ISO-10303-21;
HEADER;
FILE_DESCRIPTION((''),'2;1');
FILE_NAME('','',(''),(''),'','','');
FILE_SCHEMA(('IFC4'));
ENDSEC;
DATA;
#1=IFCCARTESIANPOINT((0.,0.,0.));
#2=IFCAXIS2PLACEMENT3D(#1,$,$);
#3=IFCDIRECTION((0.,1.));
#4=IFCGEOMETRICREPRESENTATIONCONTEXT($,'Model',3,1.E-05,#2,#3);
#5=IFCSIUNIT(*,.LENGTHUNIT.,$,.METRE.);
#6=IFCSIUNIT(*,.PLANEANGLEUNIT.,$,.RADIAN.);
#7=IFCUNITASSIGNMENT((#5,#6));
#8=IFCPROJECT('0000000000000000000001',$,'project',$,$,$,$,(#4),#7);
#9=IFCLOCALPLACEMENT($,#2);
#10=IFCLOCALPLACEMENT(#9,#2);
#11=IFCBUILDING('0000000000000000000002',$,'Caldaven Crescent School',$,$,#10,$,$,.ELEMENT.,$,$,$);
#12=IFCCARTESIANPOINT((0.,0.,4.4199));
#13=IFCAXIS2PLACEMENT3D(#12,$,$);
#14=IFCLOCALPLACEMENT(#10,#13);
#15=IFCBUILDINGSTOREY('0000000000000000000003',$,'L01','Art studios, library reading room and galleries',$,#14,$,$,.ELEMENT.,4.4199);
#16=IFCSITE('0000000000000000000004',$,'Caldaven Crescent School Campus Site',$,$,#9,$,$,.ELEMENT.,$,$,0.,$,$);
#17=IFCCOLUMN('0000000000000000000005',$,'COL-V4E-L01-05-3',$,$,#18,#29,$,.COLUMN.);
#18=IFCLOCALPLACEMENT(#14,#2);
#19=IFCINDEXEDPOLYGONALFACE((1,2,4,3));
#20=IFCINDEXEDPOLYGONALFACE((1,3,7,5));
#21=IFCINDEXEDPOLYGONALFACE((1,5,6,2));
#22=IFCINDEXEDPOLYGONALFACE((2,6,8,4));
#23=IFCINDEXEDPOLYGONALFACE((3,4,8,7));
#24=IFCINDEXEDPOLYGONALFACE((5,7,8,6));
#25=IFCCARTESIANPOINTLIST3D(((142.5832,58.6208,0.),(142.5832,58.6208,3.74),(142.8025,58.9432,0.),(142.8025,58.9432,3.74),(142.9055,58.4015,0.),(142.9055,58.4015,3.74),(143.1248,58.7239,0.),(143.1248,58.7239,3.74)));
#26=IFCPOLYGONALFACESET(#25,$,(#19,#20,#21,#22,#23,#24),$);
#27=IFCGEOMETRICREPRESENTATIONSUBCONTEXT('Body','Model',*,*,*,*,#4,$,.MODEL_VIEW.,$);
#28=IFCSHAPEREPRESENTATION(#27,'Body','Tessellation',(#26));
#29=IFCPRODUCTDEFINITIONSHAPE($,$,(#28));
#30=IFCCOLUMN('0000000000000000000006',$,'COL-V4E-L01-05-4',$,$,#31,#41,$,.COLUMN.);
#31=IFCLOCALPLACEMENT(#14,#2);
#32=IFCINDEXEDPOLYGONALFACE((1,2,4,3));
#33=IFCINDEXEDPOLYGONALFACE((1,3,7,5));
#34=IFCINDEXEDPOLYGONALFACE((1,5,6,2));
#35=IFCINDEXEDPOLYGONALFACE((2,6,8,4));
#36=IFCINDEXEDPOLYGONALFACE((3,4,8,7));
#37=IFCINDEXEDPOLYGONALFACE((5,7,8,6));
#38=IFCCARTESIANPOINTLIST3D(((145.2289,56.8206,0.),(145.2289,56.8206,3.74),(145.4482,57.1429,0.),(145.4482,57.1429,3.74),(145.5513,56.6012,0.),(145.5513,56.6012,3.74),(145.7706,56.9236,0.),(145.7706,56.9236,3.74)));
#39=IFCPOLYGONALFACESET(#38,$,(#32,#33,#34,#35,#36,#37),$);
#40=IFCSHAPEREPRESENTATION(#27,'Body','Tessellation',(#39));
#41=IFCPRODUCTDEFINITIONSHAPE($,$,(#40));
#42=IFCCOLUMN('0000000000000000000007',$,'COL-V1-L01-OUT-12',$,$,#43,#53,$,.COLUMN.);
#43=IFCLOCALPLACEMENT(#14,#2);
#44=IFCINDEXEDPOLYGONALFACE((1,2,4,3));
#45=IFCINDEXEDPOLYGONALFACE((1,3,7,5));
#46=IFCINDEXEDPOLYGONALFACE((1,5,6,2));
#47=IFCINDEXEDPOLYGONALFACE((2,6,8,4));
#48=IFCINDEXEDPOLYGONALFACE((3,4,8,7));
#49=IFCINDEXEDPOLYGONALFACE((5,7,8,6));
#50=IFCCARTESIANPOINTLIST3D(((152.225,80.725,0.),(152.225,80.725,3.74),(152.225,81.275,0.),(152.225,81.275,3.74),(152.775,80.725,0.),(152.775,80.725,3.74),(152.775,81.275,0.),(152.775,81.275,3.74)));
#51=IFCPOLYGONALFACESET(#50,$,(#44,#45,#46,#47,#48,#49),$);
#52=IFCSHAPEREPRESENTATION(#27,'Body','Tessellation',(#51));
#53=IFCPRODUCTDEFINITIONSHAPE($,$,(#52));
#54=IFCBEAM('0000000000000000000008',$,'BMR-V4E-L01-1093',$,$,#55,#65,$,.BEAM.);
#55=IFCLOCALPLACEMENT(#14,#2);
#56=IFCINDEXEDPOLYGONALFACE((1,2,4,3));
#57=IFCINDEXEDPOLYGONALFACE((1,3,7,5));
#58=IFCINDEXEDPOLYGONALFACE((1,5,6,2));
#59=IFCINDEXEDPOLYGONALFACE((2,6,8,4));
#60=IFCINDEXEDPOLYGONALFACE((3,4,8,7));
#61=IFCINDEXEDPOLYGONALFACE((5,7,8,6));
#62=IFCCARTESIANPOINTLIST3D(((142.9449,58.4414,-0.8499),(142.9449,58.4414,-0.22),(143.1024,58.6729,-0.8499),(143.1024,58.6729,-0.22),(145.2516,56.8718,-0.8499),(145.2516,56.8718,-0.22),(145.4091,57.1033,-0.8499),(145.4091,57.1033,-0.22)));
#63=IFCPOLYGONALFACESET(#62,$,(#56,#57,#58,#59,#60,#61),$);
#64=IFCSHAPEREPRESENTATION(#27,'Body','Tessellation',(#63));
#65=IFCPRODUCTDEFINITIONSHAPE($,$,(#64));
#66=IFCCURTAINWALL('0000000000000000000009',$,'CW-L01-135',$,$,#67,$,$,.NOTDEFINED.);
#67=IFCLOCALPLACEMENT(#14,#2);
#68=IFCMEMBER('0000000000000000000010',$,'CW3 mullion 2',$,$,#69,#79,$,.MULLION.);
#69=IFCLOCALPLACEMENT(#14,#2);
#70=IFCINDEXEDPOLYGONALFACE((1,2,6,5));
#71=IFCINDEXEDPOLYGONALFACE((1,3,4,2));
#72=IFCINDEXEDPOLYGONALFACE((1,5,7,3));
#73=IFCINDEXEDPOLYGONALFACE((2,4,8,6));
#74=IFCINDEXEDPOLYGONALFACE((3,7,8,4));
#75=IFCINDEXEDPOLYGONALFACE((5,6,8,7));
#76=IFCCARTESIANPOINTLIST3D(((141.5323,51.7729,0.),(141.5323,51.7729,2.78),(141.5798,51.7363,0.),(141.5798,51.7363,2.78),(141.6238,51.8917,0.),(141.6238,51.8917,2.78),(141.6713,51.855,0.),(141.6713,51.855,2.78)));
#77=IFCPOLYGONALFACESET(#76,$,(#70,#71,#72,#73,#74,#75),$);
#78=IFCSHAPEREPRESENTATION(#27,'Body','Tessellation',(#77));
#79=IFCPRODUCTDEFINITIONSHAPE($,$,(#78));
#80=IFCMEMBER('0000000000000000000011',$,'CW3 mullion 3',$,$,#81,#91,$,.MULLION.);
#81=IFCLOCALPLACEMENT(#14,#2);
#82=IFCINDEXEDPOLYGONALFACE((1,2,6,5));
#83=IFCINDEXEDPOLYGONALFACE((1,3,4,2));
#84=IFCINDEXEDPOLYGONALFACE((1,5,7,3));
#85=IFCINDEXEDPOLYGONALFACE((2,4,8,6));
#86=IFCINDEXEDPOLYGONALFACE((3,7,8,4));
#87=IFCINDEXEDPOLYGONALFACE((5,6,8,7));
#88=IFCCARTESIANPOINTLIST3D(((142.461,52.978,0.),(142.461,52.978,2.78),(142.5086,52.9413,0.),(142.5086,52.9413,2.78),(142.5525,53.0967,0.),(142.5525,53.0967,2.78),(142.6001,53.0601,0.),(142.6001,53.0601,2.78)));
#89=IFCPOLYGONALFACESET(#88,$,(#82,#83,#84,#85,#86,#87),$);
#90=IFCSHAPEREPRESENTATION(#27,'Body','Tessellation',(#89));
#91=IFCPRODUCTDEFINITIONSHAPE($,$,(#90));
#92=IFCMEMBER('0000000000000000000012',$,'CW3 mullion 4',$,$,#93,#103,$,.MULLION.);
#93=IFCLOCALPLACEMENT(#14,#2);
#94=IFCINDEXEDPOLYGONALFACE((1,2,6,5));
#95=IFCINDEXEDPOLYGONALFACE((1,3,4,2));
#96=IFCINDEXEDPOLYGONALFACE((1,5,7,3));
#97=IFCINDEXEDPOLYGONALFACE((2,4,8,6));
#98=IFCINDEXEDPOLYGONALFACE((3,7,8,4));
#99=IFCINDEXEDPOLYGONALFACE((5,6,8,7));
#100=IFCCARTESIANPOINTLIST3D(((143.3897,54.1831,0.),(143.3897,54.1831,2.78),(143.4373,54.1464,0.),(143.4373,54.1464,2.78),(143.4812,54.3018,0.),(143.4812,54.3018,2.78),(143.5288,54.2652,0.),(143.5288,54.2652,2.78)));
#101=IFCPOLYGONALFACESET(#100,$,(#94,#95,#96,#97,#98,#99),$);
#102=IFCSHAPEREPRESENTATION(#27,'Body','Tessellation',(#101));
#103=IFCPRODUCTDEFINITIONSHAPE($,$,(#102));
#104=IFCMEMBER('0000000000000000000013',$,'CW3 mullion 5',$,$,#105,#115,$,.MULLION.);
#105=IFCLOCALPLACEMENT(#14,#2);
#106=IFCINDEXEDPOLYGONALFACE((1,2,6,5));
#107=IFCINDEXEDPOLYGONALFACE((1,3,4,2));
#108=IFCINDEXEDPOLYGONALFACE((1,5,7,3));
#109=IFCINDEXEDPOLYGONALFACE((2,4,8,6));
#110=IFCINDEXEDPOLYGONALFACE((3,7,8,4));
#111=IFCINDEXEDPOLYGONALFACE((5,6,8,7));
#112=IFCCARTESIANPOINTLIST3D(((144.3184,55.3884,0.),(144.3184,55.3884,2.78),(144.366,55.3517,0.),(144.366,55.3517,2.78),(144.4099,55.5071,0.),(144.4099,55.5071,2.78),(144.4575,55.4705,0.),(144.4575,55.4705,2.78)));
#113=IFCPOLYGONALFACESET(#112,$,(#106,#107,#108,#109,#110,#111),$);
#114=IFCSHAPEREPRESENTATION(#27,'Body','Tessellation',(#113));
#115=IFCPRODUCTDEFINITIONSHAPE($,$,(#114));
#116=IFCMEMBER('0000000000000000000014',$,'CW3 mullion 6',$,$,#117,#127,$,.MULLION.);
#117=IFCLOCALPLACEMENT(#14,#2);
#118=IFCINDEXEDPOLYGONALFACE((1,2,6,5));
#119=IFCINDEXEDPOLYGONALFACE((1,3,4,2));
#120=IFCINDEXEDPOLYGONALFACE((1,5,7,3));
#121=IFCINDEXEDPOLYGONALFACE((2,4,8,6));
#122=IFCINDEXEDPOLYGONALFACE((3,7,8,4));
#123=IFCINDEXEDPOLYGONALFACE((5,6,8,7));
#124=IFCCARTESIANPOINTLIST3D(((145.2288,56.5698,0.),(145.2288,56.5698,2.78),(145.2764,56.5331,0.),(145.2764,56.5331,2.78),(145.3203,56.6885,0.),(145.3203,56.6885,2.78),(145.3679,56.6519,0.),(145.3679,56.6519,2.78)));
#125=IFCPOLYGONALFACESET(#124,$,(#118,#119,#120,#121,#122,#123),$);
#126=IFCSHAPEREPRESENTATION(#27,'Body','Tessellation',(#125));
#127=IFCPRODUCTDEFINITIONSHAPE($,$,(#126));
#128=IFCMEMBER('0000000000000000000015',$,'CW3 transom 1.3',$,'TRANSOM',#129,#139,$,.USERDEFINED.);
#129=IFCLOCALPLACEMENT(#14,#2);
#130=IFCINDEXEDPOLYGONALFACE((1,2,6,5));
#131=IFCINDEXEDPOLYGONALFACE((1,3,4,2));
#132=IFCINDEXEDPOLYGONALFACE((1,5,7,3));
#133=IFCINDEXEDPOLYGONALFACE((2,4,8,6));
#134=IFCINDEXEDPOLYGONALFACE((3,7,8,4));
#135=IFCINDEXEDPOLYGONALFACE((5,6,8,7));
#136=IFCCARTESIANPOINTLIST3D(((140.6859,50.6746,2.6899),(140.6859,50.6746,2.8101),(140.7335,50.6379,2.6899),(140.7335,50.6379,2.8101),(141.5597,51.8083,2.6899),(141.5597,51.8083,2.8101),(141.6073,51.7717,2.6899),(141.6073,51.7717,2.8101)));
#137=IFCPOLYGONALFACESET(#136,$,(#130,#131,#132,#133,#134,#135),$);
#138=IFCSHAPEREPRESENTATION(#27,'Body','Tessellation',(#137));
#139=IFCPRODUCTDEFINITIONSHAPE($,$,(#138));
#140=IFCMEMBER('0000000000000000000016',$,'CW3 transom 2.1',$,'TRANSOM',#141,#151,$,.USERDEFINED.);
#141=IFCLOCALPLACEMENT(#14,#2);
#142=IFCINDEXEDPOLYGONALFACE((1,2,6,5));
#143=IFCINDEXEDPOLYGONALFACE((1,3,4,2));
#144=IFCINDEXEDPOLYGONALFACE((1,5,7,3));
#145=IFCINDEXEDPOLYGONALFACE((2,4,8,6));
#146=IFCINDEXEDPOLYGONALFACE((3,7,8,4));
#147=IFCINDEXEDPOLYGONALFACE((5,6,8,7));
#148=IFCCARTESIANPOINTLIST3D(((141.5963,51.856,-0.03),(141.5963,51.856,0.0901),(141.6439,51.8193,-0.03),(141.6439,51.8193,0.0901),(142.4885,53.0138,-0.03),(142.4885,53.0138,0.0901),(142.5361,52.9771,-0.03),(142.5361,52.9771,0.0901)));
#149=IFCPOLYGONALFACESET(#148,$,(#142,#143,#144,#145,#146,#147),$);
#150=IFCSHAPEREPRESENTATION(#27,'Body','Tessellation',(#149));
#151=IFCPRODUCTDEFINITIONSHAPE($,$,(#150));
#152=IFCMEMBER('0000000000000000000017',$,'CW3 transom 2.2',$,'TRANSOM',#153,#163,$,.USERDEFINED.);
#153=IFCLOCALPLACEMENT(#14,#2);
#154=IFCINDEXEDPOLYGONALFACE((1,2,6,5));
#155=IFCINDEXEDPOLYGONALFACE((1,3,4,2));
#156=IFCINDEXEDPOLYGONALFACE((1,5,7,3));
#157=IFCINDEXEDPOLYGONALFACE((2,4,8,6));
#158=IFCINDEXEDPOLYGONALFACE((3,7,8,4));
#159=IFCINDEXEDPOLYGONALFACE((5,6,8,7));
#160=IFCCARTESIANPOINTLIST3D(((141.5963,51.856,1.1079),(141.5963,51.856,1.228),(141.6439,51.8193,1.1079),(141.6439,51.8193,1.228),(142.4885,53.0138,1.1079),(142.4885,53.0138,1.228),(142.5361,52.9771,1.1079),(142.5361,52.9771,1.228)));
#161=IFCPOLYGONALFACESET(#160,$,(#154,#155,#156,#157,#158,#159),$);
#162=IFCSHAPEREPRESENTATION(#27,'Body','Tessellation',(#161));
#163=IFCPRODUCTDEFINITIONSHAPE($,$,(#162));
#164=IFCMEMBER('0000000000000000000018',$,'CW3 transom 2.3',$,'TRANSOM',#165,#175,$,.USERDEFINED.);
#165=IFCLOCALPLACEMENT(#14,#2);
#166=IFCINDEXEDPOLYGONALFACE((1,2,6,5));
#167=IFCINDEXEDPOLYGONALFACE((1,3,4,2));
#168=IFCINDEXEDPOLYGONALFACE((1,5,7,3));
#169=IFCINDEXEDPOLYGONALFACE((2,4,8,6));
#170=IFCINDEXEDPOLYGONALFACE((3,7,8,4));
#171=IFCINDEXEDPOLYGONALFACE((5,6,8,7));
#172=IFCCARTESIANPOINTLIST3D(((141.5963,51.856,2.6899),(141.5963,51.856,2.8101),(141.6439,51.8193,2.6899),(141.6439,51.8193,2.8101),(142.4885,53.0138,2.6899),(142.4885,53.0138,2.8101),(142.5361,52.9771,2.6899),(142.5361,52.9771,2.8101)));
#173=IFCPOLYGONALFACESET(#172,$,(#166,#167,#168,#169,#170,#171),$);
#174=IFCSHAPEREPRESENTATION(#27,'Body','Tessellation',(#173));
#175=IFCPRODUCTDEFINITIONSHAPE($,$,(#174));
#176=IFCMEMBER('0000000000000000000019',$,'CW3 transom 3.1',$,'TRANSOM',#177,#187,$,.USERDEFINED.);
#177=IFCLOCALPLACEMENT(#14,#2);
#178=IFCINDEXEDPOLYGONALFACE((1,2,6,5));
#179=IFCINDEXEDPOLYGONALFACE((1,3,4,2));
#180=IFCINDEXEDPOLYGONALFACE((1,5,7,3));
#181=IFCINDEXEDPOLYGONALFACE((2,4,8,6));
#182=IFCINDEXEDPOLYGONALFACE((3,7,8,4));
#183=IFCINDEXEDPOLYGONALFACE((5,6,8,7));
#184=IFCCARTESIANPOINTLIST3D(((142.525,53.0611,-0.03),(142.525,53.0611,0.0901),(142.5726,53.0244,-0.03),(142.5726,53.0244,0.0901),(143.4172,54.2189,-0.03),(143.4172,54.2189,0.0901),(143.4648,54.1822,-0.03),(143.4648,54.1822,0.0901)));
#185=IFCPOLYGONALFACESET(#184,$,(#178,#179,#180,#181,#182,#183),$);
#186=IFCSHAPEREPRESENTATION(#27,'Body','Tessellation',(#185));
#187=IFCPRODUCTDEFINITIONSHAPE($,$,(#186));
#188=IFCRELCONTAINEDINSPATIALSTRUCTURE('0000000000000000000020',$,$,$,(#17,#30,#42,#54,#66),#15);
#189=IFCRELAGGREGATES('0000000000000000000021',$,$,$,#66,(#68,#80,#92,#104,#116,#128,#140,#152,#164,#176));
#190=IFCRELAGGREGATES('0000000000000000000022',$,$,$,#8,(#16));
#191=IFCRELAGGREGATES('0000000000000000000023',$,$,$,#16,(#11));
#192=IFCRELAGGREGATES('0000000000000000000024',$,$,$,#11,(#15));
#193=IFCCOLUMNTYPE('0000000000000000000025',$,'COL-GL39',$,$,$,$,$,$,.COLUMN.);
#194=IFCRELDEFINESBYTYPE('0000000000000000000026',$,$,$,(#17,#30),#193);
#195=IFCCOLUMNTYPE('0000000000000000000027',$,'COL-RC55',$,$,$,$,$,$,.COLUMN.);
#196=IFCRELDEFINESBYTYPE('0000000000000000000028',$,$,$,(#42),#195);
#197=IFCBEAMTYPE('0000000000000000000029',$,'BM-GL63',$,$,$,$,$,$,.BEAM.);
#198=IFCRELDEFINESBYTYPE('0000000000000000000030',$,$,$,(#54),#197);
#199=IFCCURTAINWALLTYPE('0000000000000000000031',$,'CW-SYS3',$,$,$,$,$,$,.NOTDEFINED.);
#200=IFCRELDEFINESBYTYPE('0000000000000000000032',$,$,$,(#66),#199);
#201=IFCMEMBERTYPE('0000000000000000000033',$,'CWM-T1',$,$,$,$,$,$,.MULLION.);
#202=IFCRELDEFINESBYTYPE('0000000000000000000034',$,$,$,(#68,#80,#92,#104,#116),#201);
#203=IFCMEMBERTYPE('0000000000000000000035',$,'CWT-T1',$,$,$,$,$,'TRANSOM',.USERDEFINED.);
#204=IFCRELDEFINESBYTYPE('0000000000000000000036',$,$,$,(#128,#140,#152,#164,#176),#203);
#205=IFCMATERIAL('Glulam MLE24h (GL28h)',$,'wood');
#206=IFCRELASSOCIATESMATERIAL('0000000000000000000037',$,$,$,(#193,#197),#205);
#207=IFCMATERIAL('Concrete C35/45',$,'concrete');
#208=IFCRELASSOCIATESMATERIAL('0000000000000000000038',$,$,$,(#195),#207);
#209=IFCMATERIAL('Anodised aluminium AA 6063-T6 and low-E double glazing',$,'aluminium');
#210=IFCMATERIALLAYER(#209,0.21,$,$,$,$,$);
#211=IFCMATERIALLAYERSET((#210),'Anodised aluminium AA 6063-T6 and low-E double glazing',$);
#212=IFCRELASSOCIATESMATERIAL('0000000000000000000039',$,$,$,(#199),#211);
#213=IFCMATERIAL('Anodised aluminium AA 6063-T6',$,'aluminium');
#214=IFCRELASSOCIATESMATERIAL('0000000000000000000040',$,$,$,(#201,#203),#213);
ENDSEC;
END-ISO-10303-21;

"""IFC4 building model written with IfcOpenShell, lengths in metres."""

from ifc_helpers import new_model, si_unit, direction, frame, origin, origin_2d, place, context, subcontext, project, spatial, rectangle, extrude, material, layer, layer_set, material_profile, profile_set, type_object, element, aggregate, save


model = new_model("IFC4")

# Units and contexts
model_context = context("Model", 3, precision=1e-05, world=origin(), true_north=direction((0.0, 1.0)))
body_context = subcontext(model_context, "Body", "Model", "MODEL_VIEW")
ifc_project = project(units=[si_unit("LENGTHUNIT", "METRE"), si_unit("PLANEANGLEUNIT", "RADIAN")], contexts=[model_context])

# Site, building, storey
site_placement = place(None, origin())
site = spatial("IfcSite", under=ifc_project, at=site_placement, Name="Caldaven Crescent School Campus Site", CompositionType="ELEMENT", RefElevation=0.0)
building_placement = place(site_placement, origin())
building = spatial("IfcBuilding", under=site, at=building_placement, Name="Caldaven Crescent School", CompositionType="ELEMENT")
storey_placement = place(building_placement, frame((0.0, 0.0, 4.4199)))
storey = spatial("IfcBuildingStorey", under=building, at=storey_placement, Name="L01", Description="Art studios, library reading room and galleries", CompositionType="ELEMENT", Elevation=4.4199)

# Columns
ifc_material_1 = material(Name="Glulam MLE24h (GL28h)", Category="wood")
ifc_material_profile_1 = material_profile(ifc_material_1, rectangle(XDim=0.3899, YDim=0.3899, at=origin_2d()), Name="MLE 390x390")
ifc_profile_set_1 = profile_set([ifc_material_profile_1], Name="Glulam MLE24h (GL28h)")
column_type_1 = type_object("IfcColumnType", Name="COL-GL39", PredefinedType="COLUMN", material=ifc_profile_set_1)
for number, where, z_axis, x_axis, name in (
    (1, (142.854, 58.6724, 0.0), (0.0, 0.0, 1.0), (0.826786, -0.562516, 0.0), "COL-V4E-L01-05-3"),
    (2, (145.4998, 56.8721, 0.0), (0.0, 0.0, 1.0), (0.826786, -0.562516, 0.0), "COL-V4E-L01-05-4"),
):
    element("IfcColumn", number, at=place(storey_placement, frame(where, z_axis=z_axis, x_axis=x_axis)), inside=storey, type_object=column_type_1, Name=name, PredefinedType="COLUMN", context=body_context, shape_type="SweptSolid", body=[
        extrude(rectangle(XDim=0.3899, YDim=0.3899, at=origin_2d()), origin(), (0.0, 0.0, 1.0), 3.74),
    ])
ifc_material_2 = material(Name="Concrete C35/45", Category="concrete")
ifc_material_profile_2 = material_profile(ifc_material_2, rectangle(XDim=0.55, YDim=0.55, at=origin_2d()), Name="RC 550x550")
ifc_profile_set_2 = profile_set([ifc_material_profile_2], Name="Concrete C35/45")
column_type_2 = type_object("IfcColumnType", Name="COL-RC55", PredefinedType="COLUMN", material=ifc_profile_set_2)
column_placement = place(storey_placement, frame((152.5, 81.0, 0.0), z_axis=(0.0, 0.0, 1.0), x_axis=(0.0, -1.0, 0.0)))
element("IfcColumn", 3, at=column_placement, inside=storey, type_object=column_type_2, Name="COL-V1-L01-OUT-12", PredefinedType="COLUMN", context=body_context, shape_type="SweptSolid", body=[
    extrude(rectangle(XDim=0.55, YDim=0.55, at=origin_2d()), origin(), (0.0, 0.0, 1.0), 3.74),
])

# Beam
ifc_material_profile_3 = material_profile(ifc_material_1, rectangle(XDim=0.28, YDim=0.6299, at=origin_2d()), Name="MLE 280x630")
ifc_profile_set_3 = profile_set([ifc_material_profile_3], Name="Glulam MLE24h (GL28h)")
beam_type_1 = type_object("IfcBeamType", Name="BM-GL63", PredefinedType="BEAM", material=ifc_profile_set_3)
beam_1_placement = place(storey_placement, frame((143.0237, 58.5571, -0.5349), z_axis=(0.826749, -0.562571, 0.0), x_axis=(0.562571, 0.826749, 0.0)))
element("IfcBeam", 4, at=beam_1_placement, inside=storey, type_object=beam_type_1, Name="BMR-V4E-L01-1093", PredefinedType="BEAM", context=body_context, shape_type="SweptSolid", body=[
    extrude(rectangle(XDim=0.28, YDim=0.6299, at=origin_2d()), origin(), (0.0, 0.0, 1.0), 2.79),
])

# Curtain wall, members
ifc_material_3 = material(Name="Anodised aluminium AA 6063-T6 and low-E double glazing", Category="aluminium")
ifc_layer_1 = layer(ifc_material_3, 0.21)
ifc_layer_set_1 = layer_set([ifc_layer_1], Name="Anodised aluminium AA 6063-T6 and low-E double glazing")
curtain_wall_type = type_object("IfcCurtainWallType", Name="CW-SYS3", PredefinedType="NOTDEFINED", material=ifc_layer_set_1)
curtain_wall_placement = place(storey_placement, origin())
curtain_wall = element("IfcCurtainWall", 5, at=curtain_wall_placement, inside=storey, type_object=curtain_wall_type, Name="CW-L01-135", PredefinedType="NOTDEFINED")
ifc_material_4 = material(Name="Anodised aluminium AA 6063-T6", Category="aluminium")
ifc_material_profile_4 = material_profile(ifc_material_4, rectangle(XDim=0.0601, YDim=0.1499, at=origin_2d()), Name="CWM 60x150")
ifc_profile_set_4 = profile_set([ifc_material_profile_4], Name="Anodised aluminium AA 6063-T6")
member_type_1 = type_object("IfcMemberType", Name="CWM-T1", PredefinedType="MULLION", material=ifc_profile_set_4)
member_1_placement = place(storey_placement, frame((141.6018, 51.814, 0.0), z_axis=(0.0, 0.0, 1.0), x_axis=(-0.792104, 0.610386, 0.0)))
member_1 = element("IfcMember", 6, at=member_1_placement, type_object=member_type_1, Name="CW3 mullion 2", PredefinedType="MULLION", context=body_context, shape_type="SweptSolid", body=[
    extrude(rectangle(XDim=0.0601, YDim=0.1499, at=origin_2d()), origin(), (0.0, 0.0, 1.0), 2.78),
])
member_2_placement = place(storey_placement, frame((142.5305, 53.019, 0.0), z_axis=(0.0, 0.0, 1.0), x_axis=(-0.792104, 0.610386, 0.0)))
member_2 = element("IfcMember", 7, at=member_2_placement, type_object=member_type_1, Name="CW3 mullion 3", PredefinedType="MULLION", context=body_context, shape_type="SweptSolid", body=[
    extrude(rectangle(XDim=0.0601, YDim=0.1499, at=origin_2d()), origin(), (0.0, 0.0, 1.0), 2.78),
])
member_3_placement = place(storey_placement, frame((143.4592, 54.2241, 0.0), z_axis=(0.0, 0.0, 1.0), x_axis=(-0.792104, 0.610386, 0.0)))
member_3 = element("IfcMember", 8, at=member_3_placement, type_object=member_type_1, Name="CW3 mullion 4", PredefinedType="MULLION", context=body_context, shape_type="SweptSolid", body=[
    extrude(rectangle(XDim=0.0601, YDim=0.1499, at=origin_2d()), origin(), (0.0, 0.0, 1.0), 2.78),
])
member_4_placement = place(storey_placement, frame((144.3879, 55.4294, 0.0), z_axis=(0.0, 0.0, 1.0), x_axis=(-0.792104, 0.610386, 0.0)))
member_4 = element("IfcMember", 9, at=member_4_placement, type_object=member_type_1, Name="CW3 mullion 5", PredefinedType="MULLION", context=body_context, shape_type="SweptSolid", body=[
    extrude(rectangle(XDim=0.0601, YDim=0.1499, at=origin_2d()), origin(), (0.0, 0.0, 1.0), 2.78),
])
member_5_placement = place(storey_placement, frame((145.2983, 56.6108, 0.0), z_axis=(0.0, 0.0, 1.0), x_axis=(-0.792104, 0.610386, 0.0)))
member_5 = element("IfcMember", 10, at=member_5_placement, type_object=member_type_1, Name="CW3 mullion 6", PredefinedType="MULLION", context=body_context, shape_type="SweptSolid", body=[
    extrude(rectangle(XDim=0.0601, YDim=0.1499, at=origin_2d()), origin(), (0.0, 0.0, 1.0), 2.78),
])
ifc_material_profile_5 = material_profile(ifc_material_4, rectangle(XDim=0.0601, YDim=0.1201, at=origin_2d()), Name="CWT 60x120")
ifc_profile_set_5 = profile_set([ifc_material_profile_5], Name="Anodised aluminium AA 6063-T6")
member_type_2 = type_object("IfcMemberType", Name="CWT-T1", ElementType="TRANSOM", PredefinedType="USERDEFINED", material=ifc_profile_set_5)
member_6_placement = place(storey_placement, frame((140.7097, 50.6562, 2.75), z_axis=(0.610428, 0.792072, 0.0), x_axis=(-0.792072, 0.610428, 0.0)))
member_6 = element("IfcMember", 11, at=member_6_placement, type_object=member_type_2, Name="CW3 transom 1.3", ObjectType="TRANSOM", PredefinedType="USERDEFINED", context=body_context, shape_type="SweptSolid", body=[
    extrude(rectangle(XDim=0.0601, YDim=0.1201, at=origin_2d()), origin(), (0.0, 0.0, 1.0), 1.4314),
])
member_7_placement = place(storey_placement, frame((141.6201, 51.8376, 0.03), z_axis=(0.610373, 0.792115, 0.0), x_axis=(-0.792115, 0.610373, 0.0)))
member_7 = element("IfcMember", 12, at=member_7_placement, type_object=member_type_2, Name="CW3 transom 2.1", ObjectType="TRANSOM", PredefinedType="USERDEFINED", context=body_context, shape_type="SweptSolid", body=[
    extrude(rectangle(XDim=0.0601, YDim=0.1201, at=origin_2d()), origin(), (0.0, 0.0, 1.0), 1.4617),
])
member_8_placement = place(storey_placement, frame((141.6201, 51.8376, 1.168), z_axis=(0.610373, 0.792115, 0.0), x_axis=(-0.792115, 0.610373, 0.0)))
member_8 = element("IfcMember", 13, at=member_8_placement, type_object=member_type_2, Name="CW3 transom 2.2", ObjectType="TRANSOM", PredefinedType="USERDEFINED", context=body_context, shape_type="SweptSolid", body=[
    extrude(rectangle(XDim=0.0601, YDim=0.1201, at=origin_2d()), origin(), (0.0, 0.0, 1.0), 1.4617),
])
member_9_placement = place(storey_placement, frame((141.6201, 51.8376, 2.75), z_axis=(0.610373, 0.792115, 0.0), x_axis=(-0.792115, 0.610373, 0.0)))
member_9 = element("IfcMember", 14, at=member_9_placement, type_object=member_type_2, Name="CW3 transom 2.3", ObjectType="TRANSOM", PredefinedType="USERDEFINED", context=body_context, shape_type="SweptSolid", body=[
    extrude(rectangle(XDim=0.0601, YDim=0.1201, at=origin_2d()), origin(), (0.0, 0.0, 1.0), 1.4617),
])
member_10_placement = place(storey_placement, frame((142.5488, 53.0427, 0.03), z_axis=(0.610373, 0.792115, 0.0), x_axis=(-0.792115, 0.610373, 0.0)))
member_10 = element("IfcMember", 15, at=member_10_placement, type_object=member_type_2, Name="CW3 transom 3.1", ObjectType="TRANSOM", PredefinedType="USERDEFINED", context=body_context, shape_type="SweptSolid", body=[
    extrude(rectangle(XDim=0.0601, YDim=0.1201, at=origin_2d()), origin(), (0.0, 0.0, 1.0), 1.4617),
])

aggregate(curtain_wall, [member_1, member_2, member_3, member_4, member_5, member_6, member_7, member_8, member_9, member_10])

save(model, "model.ifc")
